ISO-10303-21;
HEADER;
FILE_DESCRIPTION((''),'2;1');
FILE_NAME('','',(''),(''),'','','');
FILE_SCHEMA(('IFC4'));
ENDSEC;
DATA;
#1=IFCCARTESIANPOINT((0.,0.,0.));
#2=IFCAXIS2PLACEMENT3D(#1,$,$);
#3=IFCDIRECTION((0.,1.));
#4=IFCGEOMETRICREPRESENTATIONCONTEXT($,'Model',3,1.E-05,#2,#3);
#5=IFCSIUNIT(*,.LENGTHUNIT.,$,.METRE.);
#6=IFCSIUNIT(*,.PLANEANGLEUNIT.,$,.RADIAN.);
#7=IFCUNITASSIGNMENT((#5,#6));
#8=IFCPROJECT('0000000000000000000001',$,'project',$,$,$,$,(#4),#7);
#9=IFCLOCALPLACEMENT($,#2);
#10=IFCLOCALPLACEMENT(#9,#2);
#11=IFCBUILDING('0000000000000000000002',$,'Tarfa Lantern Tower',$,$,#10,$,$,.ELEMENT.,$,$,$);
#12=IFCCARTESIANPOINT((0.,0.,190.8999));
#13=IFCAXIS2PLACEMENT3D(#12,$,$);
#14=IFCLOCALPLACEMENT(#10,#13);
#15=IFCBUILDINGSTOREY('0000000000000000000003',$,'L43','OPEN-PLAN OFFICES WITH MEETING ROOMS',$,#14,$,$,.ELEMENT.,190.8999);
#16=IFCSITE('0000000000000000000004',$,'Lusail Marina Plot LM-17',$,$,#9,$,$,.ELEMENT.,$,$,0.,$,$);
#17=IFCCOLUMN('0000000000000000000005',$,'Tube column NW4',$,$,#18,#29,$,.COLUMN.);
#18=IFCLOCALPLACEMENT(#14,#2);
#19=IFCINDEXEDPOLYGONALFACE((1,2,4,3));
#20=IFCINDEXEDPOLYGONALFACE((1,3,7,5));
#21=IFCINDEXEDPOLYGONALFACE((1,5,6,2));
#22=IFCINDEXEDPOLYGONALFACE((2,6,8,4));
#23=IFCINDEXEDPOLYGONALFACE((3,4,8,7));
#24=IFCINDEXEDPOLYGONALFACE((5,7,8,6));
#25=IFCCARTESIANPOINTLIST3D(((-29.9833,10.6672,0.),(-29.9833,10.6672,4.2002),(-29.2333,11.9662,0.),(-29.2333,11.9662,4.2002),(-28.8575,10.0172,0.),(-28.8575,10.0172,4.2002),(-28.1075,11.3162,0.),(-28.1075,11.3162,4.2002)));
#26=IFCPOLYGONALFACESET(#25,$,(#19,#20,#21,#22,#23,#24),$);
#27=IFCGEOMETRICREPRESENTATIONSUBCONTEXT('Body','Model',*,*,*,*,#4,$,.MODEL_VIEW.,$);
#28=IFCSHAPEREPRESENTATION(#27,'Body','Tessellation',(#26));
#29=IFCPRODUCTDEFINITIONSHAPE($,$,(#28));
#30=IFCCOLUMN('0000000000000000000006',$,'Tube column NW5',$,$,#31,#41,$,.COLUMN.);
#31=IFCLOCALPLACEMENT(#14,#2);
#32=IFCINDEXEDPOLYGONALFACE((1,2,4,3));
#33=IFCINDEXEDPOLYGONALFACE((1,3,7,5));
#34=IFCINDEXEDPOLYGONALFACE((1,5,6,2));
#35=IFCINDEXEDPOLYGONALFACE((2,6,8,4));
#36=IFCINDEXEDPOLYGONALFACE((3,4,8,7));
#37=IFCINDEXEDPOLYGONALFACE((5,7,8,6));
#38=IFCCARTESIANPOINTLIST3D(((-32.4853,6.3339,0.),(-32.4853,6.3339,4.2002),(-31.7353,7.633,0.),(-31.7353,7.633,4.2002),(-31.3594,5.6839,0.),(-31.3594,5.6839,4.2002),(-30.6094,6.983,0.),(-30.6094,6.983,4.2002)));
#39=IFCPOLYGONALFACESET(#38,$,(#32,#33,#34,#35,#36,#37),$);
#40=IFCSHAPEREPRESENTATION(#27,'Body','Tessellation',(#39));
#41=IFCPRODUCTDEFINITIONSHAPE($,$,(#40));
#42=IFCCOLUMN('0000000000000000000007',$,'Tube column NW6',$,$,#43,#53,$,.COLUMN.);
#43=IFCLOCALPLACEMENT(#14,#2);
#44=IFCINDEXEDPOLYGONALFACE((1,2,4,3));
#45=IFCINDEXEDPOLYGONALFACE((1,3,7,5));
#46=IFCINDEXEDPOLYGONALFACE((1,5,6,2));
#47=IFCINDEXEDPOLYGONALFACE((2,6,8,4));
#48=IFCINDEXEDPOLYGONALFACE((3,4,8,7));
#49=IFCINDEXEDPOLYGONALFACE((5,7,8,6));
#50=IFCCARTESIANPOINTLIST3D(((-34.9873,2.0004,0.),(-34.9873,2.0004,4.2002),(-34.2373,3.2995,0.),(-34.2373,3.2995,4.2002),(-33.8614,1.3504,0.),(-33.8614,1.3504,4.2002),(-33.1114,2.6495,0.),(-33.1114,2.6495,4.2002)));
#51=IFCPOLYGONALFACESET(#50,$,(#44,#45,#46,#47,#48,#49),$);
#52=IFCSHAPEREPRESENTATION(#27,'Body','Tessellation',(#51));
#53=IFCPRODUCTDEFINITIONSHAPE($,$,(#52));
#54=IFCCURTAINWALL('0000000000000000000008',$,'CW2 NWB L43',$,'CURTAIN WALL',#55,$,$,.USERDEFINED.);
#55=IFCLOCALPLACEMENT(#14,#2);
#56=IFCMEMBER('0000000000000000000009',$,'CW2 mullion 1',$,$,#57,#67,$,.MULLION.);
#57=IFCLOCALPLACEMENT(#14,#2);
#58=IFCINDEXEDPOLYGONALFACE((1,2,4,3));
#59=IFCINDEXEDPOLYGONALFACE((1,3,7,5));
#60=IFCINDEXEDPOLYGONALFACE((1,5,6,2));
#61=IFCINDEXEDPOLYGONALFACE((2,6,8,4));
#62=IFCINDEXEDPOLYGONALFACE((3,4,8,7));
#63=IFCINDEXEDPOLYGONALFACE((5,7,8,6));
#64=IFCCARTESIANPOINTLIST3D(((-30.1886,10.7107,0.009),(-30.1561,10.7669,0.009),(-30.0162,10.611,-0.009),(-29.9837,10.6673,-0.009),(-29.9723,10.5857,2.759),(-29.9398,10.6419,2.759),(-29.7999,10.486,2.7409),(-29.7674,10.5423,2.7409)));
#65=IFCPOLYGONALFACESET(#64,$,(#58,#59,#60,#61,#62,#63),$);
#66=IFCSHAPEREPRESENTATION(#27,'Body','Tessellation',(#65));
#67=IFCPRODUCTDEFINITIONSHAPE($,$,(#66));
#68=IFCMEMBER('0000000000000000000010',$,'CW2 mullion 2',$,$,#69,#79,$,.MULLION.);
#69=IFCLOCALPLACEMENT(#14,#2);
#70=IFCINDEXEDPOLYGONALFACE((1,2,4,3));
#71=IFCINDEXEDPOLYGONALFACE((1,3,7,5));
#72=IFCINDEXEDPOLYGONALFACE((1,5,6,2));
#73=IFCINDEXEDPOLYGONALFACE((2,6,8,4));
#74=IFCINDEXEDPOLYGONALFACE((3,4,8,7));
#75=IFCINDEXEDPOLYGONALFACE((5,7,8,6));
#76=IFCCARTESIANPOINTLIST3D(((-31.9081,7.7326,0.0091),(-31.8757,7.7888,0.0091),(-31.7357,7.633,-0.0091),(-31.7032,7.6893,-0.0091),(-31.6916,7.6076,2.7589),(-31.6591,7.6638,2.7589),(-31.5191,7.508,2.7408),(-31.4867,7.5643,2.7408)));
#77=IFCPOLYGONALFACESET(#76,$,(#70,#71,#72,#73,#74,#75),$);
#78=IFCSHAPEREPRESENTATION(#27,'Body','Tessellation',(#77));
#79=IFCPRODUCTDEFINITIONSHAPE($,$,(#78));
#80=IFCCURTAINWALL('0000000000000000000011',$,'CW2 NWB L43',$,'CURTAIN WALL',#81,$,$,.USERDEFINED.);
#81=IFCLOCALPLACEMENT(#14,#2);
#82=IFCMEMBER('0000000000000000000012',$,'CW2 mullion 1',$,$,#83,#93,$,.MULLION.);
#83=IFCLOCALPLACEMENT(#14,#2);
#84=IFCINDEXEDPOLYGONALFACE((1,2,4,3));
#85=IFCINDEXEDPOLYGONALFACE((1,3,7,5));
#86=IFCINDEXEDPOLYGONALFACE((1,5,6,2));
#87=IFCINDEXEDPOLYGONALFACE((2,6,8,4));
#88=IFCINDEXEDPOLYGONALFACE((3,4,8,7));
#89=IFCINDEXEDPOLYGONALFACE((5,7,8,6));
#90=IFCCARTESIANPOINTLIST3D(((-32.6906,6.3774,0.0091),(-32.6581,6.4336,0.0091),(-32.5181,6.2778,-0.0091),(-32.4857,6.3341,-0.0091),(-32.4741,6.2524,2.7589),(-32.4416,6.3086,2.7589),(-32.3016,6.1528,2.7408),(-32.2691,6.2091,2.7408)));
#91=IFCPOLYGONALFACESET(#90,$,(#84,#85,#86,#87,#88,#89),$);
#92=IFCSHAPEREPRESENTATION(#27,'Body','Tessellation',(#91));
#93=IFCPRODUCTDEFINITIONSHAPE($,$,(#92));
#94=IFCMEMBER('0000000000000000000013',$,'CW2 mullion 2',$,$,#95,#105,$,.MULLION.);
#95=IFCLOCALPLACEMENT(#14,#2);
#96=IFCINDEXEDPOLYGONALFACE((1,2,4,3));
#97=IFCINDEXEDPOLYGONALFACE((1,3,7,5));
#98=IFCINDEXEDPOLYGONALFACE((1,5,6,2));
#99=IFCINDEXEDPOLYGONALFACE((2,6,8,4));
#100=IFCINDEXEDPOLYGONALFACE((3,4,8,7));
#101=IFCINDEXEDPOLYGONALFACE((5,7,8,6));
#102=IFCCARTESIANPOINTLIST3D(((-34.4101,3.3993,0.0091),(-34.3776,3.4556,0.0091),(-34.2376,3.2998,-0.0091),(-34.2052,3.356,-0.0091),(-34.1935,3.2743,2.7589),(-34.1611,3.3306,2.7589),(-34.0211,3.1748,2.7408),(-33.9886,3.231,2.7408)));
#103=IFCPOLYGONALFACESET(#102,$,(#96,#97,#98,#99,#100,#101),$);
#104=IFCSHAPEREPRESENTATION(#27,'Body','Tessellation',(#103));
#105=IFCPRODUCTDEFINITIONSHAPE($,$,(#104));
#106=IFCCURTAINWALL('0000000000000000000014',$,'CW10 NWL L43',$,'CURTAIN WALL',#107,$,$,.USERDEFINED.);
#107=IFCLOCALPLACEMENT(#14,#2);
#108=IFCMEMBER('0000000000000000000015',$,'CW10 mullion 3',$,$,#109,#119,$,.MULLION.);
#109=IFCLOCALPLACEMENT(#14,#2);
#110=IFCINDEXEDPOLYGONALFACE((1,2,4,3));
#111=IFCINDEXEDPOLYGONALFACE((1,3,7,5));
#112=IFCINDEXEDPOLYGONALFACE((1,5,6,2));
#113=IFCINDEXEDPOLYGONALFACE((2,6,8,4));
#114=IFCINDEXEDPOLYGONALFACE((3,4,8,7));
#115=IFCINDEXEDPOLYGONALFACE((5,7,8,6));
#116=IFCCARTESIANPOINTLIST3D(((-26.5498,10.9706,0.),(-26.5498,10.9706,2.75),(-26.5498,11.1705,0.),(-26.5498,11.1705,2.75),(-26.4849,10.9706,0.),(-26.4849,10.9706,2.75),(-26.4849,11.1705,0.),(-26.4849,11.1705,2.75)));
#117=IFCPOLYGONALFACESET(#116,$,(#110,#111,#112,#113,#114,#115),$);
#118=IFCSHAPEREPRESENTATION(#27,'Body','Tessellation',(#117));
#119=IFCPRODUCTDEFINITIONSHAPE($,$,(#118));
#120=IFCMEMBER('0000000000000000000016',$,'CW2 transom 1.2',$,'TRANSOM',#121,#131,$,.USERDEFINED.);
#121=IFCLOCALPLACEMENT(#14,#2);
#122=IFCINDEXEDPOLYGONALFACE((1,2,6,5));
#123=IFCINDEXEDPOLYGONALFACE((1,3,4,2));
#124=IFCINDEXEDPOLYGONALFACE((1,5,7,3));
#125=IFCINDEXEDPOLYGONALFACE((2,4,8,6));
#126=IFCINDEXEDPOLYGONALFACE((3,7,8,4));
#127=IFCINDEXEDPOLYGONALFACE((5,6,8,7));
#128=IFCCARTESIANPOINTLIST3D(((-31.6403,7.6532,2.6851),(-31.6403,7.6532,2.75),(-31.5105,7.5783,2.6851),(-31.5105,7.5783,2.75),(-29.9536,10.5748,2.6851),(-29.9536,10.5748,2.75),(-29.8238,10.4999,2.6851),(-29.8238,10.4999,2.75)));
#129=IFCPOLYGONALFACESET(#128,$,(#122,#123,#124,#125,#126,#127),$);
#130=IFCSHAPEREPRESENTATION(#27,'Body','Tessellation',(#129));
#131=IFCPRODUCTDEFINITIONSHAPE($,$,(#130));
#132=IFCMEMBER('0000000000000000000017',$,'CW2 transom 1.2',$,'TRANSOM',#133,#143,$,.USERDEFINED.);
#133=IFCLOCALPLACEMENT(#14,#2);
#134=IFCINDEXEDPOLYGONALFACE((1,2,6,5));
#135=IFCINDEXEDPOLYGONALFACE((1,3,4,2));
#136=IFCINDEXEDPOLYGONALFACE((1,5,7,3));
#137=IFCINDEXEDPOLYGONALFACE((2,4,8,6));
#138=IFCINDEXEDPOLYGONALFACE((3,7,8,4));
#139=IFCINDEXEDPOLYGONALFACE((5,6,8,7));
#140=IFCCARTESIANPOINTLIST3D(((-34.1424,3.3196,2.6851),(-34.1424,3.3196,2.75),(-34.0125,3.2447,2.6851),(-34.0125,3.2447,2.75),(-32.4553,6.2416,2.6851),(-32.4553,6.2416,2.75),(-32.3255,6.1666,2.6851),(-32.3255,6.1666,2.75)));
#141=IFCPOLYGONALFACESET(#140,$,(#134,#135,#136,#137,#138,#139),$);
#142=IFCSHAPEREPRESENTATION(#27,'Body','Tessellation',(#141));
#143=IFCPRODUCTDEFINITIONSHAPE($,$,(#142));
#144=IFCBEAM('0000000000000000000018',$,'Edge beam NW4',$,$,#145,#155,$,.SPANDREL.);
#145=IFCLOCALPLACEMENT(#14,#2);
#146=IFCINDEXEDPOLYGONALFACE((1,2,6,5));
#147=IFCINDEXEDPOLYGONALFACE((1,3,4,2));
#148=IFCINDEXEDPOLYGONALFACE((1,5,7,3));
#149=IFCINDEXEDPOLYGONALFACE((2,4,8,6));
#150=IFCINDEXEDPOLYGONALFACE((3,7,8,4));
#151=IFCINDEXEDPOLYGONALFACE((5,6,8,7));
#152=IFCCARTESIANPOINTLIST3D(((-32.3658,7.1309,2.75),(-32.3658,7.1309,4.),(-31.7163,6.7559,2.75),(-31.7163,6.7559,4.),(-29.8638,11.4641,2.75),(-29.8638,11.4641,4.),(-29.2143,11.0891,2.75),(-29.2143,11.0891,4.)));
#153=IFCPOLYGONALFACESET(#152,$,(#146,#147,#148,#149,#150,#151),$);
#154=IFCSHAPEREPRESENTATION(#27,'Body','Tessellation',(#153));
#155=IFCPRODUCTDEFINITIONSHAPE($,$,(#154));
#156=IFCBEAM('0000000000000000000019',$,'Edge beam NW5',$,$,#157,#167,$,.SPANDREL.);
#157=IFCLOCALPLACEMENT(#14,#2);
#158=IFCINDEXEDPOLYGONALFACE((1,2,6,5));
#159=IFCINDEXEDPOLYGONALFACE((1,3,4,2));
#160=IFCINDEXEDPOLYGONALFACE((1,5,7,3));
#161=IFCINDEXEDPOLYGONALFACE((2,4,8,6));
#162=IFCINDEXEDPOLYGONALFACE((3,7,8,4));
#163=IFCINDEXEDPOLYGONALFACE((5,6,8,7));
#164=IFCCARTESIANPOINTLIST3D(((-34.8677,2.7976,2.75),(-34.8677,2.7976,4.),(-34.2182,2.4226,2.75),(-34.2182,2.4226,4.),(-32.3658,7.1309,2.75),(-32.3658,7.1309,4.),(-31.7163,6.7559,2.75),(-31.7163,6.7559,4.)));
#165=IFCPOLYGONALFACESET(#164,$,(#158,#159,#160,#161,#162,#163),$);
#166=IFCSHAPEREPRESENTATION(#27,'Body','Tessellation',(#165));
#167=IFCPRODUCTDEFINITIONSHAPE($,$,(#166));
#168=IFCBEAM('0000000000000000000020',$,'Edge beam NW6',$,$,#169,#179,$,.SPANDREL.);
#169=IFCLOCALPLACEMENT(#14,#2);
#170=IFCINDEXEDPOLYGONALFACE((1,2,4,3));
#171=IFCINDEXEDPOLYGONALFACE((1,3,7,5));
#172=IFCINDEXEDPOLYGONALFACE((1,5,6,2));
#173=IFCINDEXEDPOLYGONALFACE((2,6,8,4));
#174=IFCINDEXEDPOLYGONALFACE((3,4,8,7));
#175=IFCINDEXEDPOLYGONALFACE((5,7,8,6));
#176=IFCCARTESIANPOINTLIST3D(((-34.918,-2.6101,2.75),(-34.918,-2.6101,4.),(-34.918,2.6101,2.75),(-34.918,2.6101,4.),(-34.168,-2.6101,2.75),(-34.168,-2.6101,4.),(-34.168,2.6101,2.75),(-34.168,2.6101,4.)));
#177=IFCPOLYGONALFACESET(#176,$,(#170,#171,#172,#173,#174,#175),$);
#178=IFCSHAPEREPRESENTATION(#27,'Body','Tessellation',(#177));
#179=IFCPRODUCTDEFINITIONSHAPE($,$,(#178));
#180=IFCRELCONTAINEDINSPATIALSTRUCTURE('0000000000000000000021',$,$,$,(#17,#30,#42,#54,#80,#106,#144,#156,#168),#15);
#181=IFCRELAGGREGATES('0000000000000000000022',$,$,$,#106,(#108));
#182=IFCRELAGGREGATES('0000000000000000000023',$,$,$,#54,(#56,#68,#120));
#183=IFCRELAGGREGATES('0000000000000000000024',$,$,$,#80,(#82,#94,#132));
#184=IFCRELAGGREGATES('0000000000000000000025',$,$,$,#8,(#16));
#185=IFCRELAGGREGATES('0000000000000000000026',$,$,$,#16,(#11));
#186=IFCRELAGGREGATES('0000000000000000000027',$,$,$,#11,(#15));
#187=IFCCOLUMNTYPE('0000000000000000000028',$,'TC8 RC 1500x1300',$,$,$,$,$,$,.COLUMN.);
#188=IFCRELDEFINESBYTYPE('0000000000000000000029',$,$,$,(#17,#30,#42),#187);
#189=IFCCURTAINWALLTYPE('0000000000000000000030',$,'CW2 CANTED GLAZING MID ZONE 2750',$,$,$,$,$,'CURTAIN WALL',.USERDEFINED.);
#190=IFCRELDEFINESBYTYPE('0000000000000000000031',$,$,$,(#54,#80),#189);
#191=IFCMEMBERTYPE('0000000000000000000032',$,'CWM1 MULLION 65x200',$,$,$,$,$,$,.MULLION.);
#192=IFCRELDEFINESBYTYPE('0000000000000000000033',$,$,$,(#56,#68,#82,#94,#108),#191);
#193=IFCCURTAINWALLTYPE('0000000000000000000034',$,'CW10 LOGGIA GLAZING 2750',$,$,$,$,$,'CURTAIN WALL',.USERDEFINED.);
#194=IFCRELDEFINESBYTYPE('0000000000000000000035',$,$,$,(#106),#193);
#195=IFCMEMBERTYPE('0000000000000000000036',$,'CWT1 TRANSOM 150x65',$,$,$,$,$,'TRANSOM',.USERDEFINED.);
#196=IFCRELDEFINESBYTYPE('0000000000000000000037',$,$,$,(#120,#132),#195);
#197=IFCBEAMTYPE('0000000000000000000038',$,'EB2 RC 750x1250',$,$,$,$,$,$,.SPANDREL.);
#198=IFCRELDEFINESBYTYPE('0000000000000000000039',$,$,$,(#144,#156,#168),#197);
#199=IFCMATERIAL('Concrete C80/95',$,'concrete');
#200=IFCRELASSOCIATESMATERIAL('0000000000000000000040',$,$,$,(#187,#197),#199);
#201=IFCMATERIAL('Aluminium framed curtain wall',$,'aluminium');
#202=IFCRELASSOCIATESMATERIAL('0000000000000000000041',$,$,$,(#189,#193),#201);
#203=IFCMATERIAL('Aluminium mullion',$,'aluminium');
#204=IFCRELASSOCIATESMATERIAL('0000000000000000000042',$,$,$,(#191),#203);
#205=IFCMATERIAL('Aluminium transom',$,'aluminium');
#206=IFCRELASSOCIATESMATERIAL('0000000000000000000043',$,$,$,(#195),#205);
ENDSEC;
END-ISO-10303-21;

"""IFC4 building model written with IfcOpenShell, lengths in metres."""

from ifc_helpers import new_model, si_unit, direction, frame, origin, origin_2d, place, context, subcontext, project, spatial, rectangle, extrude, material, material_profile, profile_set, type_object, element, aggregate, save


model = new_model("IFC4")

# Units and contexts
model_context = context("Model", 3, precision=1e-05, world=origin(), true_north=direction((0.0, 1.0)))
body_context = subcontext(model_context, "Body", "Model", "MODEL_VIEW")
ifc_project = project(units=[si_unit("LENGTHUNIT", "METRE"), si_unit("PLANEANGLEUNIT", "RADIAN")], contexts=[model_context])

# Site, building, storey
site_placement = place(None, origin())
site = spatial("IfcSite", under=ifc_project, at=site_placement, Name="Lusail Marina Plot LM-17", CompositionType="ELEMENT", RefElevation=0.0)
building_placement = place(site_placement, origin())
building = spatial("IfcBuilding", under=site, at=building_placement, Name="Tarfa Lantern Tower", CompositionType="ELEMENT")
storey_placement = place(building_placement, frame((0.0, 0.0, 190.8999)))
storey = spatial("IfcBuildingStorey", under=building, at=storey_placement, Name="L43", Description="OPEN-PLAN OFFICES WITH MEETING ROOMS", CompositionType="ELEMENT", Elevation=190.8999)

# Columns
ifc_material_1 = material(Name="Concrete C80/95", Category="concrete")
ifc_material_profile_1 = material_profile(ifc_material_1, rectangle(XDim=1.5, YDim=1.3, at=origin_2d()), Name="RC 1500x1300")
ifc_profile_set_1 = profile_set([ifc_material_profile_1], Name="Concrete C80/95")
column_type = type_object("IfcColumnType", Name="TC8 RC 1500x1300", PredefinedType="COLUMN", material=ifc_profile_set_1)
for number, where, z_axis, x_axis, name in (
    (1, (-29.0454, 10.9917, 0.0), (0.0, 0.0, 1.0), (-0.5, -0.866025, 0.0), "Tube column NW4"),
    (2, (-31.5474, 6.6584, 0.0), (0.0, 0.0, 1.0), (-0.5, -0.866025, 0.0), "Tube column NW5"),
    (3, (-34.0493, 2.325, 0.0), (0.0, 0.0, 1.0), (-0.5, -0.866025, 0.0), "Tube column NW6"),
):
    element("IfcColumn", number, at=place(storey_placement, frame(where, z_axis=z_axis, x_axis=x_axis)), inside=storey, type_object=column_type, Name=name, PredefinedType="COLUMN", context=body_context, shape_type="SweptSolid", body=[
        extrude(rectangle(XDim=1.5, YDim=1.3, at=origin_2d()), origin(), (0.0, 0.0, 1.0), 4.2002),
    ])

# Curtain walls, members
ifc_material_2 = material(Name="Aluminium framed curtain wall", Category="aluminium")
curtain_wall_type_1 = type_object("IfcCurtainWallType", Name="CW2 CANTED GLAZING MID ZONE 2750", ElementType="CURTAIN WALL", PredefinedType="USERDEFINED", material=ifc_material_2)
curtain_wall_1_placement = place(storey_placement, origin())
curtain_wall_1 = element("IfcCurtainWall", 4, at=curtain_wall_1_placement, inside=storey, type_object=curtain_wall_type_1, Name="CW2 NWB L43", ObjectType="CURTAIN WALL", PredefinedType="USERDEFINED")
ifc_material_3 = material(Name="Aluminium mullion", Category="aluminium")
ifc_material_profile_2 = material_profile(ifc_material_3, rectangle(XDim=0.0649, YDim=0.2, at=origin_2d()), Name="AL MULLION 65x200")
ifc_profile_set_2 = profile_set([ifc_material_profile_2], Name="Aluminium mullion")
member_type_1 = type_object("IfcMemberType", Name="CWM1 MULLION 65x200", PredefinedType="MULLION", material=ifc_profile_set_2)
member_1_placement = place(storey_placement, frame((-30.0862, 10.689, 0.0), z_axis=(0.078335, -0.045268, 0.995899), x_axis=(0.500343, 0.865827, 0.0)))
member_1 = element("IfcMember", 5, at=member_1_placement, type_object=member_type_1, Name="CW2 mullion 1", PredefinedType="MULLION", context=body_context, shape_type="SweptSolid", body=[
    extrude(rectangle(XDim=0.0649, YDim=0.2, at=origin_2d()), origin(), (0.0, 0.0, 1.0), 2.7612),
])
member_2_placement = place(storey_placement, frame((-31.8057, 7.7109, 0.0), z_axis=(0.078423, -0.045268, 0.995892), x_axis=(0.49992, 0.866072, 0.0)))
member_2 = element("IfcMember", 6, at=member_2_placement, type_object=member_type_1, Name="CW2 mullion 2", PredefinedType="MULLION", context=body_context, shape_type="SweptSolid", body=[
    extrude(rectangle(XDim=0.0649, YDim=0.2, at=origin_2d()), origin(), (0.0, 0.0, 1.0), 2.7612),
])
curtain_wall_2_placement = place(storey_placement, origin())
curtain_wall_2 = element("IfcCurtainWall", 7, at=curtain_wall_2_placement, inside=storey, type_object=curtain_wall_type_1, Name="CW2 NWB L43", ObjectType="CURTAIN WALL", PredefinedType="USERDEFINED")
member_3_placement = place(storey_placement, frame((-32.5881, 6.3557, 0.0), z_axis=(0.078423, -0.045268, 0.995892), x_axis=(0.49992, 0.866072, 0.0)))
member_3 = element("IfcMember", 8, at=member_3_placement, type_object=member_type_1, Name="CW2 mullion 1", PredefinedType="MULLION", context=body_context, shape_type="SweptSolid", body=[
    extrude(rectangle(XDim=0.0649, YDim=0.2, at=origin_2d()), origin(), (0.0, 0.0, 1.0), 2.7612),
])
member_4_placement = place(storey_placement, frame((-34.3076, 3.3777, 0.0), z_axis=(0.078423, -0.045268, 0.995892), x_axis=(0.49992, 0.866072, 0.0)))
member_4 = element("IfcMember", 9, at=member_4_placement, type_object=member_type_1, Name="CW2 mullion 2", PredefinedType="MULLION", context=body_context, shape_type="SweptSolid", body=[
    extrude(rectangle(XDim=0.0649, YDim=0.2, at=origin_2d()), origin(), (0.0, 0.0, 1.0), 2.7612),
])

# Curtain wall, member
curtain_wall_type_2 = type_object("IfcCurtainWallType", Name="CW10 LOGGIA GLAZING 2750", ElementType="CURTAIN WALL", PredefinedType="USERDEFINED", material=ifc_material_2)
curtain_wall_3_placement = place(storey_placement, origin())
curtain_wall_3 = element("IfcCurtainWall", 10, at=curtain_wall_3_placement, inside=storey, type_object=curtain_wall_type_2, Name="CW10 NWL L43", ObjectType="CURTAIN WALL", PredefinedType="USERDEFINED")
member_5_placement = place(storey_placement, frame((-26.5173, 11.0706, 0.0), z_axis=(0.0, 0.0, 1.0), x_axis=(1.0, 0.0, 0.0)))
member_5 = element("IfcMember", 11, at=member_5_placement, type_object=member_type_1, Name="CW10 mullion 3", PredefinedType="MULLION", context=body_context, shape_type="SweptSolid", body=[
    extrude(rectangle(XDim=0.0649, YDim=0.2, at=origin_2d()), origin(), (0.0, 0.0, 1.0), 2.75),
])
aggregate(curtain_wall_3, [member_5])

# Members
ifc_material_4 = material(Name="Aluminium transom", Category="aluminium")
ifc_material_profile_3 = material_profile(ifc_material_4, rectangle(XDim=0.1499, YDim=0.0649, at=origin_2d()), Name="AL TRANSOM 150x65")
ifc_profile_set_3 = profile_set([ifc_material_profile_3], Name="Aluminium transom")
member_type_2 = type_object("IfcMemberType", Name="CWT1 TRANSOM 150x65", ElementType="TRANSOM", PredefinedType="USERDEFINED", material=ifc_profile_set_3)
member_6_placement = place(storey_placement, frame((-29.8887, 10.5374, 2.7175), z_axis=(-0.499992, -0.86603, 0.0), x_axis=(0.86603, -0.499992, 0.0)))
member_6 = element("IfcMember", 12, at=member_6_placement, type_object=member_type_2, Name="CW2 transom 1.2", ObjectType="TRANSOM", PredefinedType="USERDEFINED", context=body_context, shape_type="SweptSolid", body=[
    extrude(rectangle(XDim=0.1499, YDim=0.0649, at=origin_2d()), origin(), (0.0, 0.0, 1.0), 3.3735),
])
member_7_placement = place(storey_placement, frame((-32.3904, 6.2041, 2.7175), z_axis=(-0.500015, -0.866017, 0.0), x_axis=(0.866017, -0.500015, 0.0)))
member_7 = element("IfcMember", 13, at=member_7_placement, type_object=member_type_2, Name="CW2 transom 1.2", ObjectType="TRANSOM", PredefinedType="USERDEFINED", context=body_context, shape_type="SweptSolid", body=[
    extrude(rectangle(XDim=0.1499, YDim=0.0649, at=origin_2d()), origin(), (0.0, 0.0, 1.0), 3.374),
])

# Beams
ifc_material_profile_4 = material_profile(ifc_material_1, rectangle(XDim=0.75, YDim=1.25, at=origin_2d()), Name="RC 750x1250")
ifc_profile_set_4 = profile_set([ifc_material_profile_4], Name="Concrete C80/95")
beam_type_1 = type_object("IfcBeamType", Name="EB2 RC 750x1250", PredefinedType="SPANDREL", material=ifc_profile_set_4)
for number, where, z_axis, x_axis, name in (
    (14, (-29.5391, 11.2766, 3.375), (-0.500022, -0.866013, 0.0), (0.866013, -0.500022, 0.0), "Edge beam NW4"),
    (15, (-32.041, 6.9434, 3.375), (-0.500022, -0.866013, 0.0), (0.866013, -0.500022, 0.0), "Edge beam NW5"),
):
    element("IfcBeam", number, at=place(storey_placement, frame(where, z_axis=z_axis, x_axis=x_axis)), inside=storey, type_object=beam_type_1, Name=name, PredefinedType="SPANDREL", context=body_context, shape_type="SweptSolid", body=[
        extrude(rectangle(XDim=0.75, YDim=1.25, at=origin_2d()), origin(), (0.0, 0.0, 1.0), 5.0037),
    ])
beam_1_placement = place(storey_placement, frame((-34.543, 2.6101, 3.375), z_axis=(0.0, -1.0, 0.0), x_axis=(1.0, 0.0, 0.0)))
element("IfcBeam", 16, at=beam_1_placement, inside=storey, type_object=beam_type_1, Name="Edge beam NW6", PredefinedType="SPANDREL", context=body_context, shape_type="SweptSolid", body=[
    extrude(rectangle(XDim=0.75, YDim=1.25, at=origin_2d()), origin(), (0.0, 0.0, 1.0), 5.2202),
])

aggregate(curtain_wall_1, [member_1, member_2, member_6])
aggregate(curtain_wall_2, [member_3, member_4, member_7])

save(model, "model.ifc")
